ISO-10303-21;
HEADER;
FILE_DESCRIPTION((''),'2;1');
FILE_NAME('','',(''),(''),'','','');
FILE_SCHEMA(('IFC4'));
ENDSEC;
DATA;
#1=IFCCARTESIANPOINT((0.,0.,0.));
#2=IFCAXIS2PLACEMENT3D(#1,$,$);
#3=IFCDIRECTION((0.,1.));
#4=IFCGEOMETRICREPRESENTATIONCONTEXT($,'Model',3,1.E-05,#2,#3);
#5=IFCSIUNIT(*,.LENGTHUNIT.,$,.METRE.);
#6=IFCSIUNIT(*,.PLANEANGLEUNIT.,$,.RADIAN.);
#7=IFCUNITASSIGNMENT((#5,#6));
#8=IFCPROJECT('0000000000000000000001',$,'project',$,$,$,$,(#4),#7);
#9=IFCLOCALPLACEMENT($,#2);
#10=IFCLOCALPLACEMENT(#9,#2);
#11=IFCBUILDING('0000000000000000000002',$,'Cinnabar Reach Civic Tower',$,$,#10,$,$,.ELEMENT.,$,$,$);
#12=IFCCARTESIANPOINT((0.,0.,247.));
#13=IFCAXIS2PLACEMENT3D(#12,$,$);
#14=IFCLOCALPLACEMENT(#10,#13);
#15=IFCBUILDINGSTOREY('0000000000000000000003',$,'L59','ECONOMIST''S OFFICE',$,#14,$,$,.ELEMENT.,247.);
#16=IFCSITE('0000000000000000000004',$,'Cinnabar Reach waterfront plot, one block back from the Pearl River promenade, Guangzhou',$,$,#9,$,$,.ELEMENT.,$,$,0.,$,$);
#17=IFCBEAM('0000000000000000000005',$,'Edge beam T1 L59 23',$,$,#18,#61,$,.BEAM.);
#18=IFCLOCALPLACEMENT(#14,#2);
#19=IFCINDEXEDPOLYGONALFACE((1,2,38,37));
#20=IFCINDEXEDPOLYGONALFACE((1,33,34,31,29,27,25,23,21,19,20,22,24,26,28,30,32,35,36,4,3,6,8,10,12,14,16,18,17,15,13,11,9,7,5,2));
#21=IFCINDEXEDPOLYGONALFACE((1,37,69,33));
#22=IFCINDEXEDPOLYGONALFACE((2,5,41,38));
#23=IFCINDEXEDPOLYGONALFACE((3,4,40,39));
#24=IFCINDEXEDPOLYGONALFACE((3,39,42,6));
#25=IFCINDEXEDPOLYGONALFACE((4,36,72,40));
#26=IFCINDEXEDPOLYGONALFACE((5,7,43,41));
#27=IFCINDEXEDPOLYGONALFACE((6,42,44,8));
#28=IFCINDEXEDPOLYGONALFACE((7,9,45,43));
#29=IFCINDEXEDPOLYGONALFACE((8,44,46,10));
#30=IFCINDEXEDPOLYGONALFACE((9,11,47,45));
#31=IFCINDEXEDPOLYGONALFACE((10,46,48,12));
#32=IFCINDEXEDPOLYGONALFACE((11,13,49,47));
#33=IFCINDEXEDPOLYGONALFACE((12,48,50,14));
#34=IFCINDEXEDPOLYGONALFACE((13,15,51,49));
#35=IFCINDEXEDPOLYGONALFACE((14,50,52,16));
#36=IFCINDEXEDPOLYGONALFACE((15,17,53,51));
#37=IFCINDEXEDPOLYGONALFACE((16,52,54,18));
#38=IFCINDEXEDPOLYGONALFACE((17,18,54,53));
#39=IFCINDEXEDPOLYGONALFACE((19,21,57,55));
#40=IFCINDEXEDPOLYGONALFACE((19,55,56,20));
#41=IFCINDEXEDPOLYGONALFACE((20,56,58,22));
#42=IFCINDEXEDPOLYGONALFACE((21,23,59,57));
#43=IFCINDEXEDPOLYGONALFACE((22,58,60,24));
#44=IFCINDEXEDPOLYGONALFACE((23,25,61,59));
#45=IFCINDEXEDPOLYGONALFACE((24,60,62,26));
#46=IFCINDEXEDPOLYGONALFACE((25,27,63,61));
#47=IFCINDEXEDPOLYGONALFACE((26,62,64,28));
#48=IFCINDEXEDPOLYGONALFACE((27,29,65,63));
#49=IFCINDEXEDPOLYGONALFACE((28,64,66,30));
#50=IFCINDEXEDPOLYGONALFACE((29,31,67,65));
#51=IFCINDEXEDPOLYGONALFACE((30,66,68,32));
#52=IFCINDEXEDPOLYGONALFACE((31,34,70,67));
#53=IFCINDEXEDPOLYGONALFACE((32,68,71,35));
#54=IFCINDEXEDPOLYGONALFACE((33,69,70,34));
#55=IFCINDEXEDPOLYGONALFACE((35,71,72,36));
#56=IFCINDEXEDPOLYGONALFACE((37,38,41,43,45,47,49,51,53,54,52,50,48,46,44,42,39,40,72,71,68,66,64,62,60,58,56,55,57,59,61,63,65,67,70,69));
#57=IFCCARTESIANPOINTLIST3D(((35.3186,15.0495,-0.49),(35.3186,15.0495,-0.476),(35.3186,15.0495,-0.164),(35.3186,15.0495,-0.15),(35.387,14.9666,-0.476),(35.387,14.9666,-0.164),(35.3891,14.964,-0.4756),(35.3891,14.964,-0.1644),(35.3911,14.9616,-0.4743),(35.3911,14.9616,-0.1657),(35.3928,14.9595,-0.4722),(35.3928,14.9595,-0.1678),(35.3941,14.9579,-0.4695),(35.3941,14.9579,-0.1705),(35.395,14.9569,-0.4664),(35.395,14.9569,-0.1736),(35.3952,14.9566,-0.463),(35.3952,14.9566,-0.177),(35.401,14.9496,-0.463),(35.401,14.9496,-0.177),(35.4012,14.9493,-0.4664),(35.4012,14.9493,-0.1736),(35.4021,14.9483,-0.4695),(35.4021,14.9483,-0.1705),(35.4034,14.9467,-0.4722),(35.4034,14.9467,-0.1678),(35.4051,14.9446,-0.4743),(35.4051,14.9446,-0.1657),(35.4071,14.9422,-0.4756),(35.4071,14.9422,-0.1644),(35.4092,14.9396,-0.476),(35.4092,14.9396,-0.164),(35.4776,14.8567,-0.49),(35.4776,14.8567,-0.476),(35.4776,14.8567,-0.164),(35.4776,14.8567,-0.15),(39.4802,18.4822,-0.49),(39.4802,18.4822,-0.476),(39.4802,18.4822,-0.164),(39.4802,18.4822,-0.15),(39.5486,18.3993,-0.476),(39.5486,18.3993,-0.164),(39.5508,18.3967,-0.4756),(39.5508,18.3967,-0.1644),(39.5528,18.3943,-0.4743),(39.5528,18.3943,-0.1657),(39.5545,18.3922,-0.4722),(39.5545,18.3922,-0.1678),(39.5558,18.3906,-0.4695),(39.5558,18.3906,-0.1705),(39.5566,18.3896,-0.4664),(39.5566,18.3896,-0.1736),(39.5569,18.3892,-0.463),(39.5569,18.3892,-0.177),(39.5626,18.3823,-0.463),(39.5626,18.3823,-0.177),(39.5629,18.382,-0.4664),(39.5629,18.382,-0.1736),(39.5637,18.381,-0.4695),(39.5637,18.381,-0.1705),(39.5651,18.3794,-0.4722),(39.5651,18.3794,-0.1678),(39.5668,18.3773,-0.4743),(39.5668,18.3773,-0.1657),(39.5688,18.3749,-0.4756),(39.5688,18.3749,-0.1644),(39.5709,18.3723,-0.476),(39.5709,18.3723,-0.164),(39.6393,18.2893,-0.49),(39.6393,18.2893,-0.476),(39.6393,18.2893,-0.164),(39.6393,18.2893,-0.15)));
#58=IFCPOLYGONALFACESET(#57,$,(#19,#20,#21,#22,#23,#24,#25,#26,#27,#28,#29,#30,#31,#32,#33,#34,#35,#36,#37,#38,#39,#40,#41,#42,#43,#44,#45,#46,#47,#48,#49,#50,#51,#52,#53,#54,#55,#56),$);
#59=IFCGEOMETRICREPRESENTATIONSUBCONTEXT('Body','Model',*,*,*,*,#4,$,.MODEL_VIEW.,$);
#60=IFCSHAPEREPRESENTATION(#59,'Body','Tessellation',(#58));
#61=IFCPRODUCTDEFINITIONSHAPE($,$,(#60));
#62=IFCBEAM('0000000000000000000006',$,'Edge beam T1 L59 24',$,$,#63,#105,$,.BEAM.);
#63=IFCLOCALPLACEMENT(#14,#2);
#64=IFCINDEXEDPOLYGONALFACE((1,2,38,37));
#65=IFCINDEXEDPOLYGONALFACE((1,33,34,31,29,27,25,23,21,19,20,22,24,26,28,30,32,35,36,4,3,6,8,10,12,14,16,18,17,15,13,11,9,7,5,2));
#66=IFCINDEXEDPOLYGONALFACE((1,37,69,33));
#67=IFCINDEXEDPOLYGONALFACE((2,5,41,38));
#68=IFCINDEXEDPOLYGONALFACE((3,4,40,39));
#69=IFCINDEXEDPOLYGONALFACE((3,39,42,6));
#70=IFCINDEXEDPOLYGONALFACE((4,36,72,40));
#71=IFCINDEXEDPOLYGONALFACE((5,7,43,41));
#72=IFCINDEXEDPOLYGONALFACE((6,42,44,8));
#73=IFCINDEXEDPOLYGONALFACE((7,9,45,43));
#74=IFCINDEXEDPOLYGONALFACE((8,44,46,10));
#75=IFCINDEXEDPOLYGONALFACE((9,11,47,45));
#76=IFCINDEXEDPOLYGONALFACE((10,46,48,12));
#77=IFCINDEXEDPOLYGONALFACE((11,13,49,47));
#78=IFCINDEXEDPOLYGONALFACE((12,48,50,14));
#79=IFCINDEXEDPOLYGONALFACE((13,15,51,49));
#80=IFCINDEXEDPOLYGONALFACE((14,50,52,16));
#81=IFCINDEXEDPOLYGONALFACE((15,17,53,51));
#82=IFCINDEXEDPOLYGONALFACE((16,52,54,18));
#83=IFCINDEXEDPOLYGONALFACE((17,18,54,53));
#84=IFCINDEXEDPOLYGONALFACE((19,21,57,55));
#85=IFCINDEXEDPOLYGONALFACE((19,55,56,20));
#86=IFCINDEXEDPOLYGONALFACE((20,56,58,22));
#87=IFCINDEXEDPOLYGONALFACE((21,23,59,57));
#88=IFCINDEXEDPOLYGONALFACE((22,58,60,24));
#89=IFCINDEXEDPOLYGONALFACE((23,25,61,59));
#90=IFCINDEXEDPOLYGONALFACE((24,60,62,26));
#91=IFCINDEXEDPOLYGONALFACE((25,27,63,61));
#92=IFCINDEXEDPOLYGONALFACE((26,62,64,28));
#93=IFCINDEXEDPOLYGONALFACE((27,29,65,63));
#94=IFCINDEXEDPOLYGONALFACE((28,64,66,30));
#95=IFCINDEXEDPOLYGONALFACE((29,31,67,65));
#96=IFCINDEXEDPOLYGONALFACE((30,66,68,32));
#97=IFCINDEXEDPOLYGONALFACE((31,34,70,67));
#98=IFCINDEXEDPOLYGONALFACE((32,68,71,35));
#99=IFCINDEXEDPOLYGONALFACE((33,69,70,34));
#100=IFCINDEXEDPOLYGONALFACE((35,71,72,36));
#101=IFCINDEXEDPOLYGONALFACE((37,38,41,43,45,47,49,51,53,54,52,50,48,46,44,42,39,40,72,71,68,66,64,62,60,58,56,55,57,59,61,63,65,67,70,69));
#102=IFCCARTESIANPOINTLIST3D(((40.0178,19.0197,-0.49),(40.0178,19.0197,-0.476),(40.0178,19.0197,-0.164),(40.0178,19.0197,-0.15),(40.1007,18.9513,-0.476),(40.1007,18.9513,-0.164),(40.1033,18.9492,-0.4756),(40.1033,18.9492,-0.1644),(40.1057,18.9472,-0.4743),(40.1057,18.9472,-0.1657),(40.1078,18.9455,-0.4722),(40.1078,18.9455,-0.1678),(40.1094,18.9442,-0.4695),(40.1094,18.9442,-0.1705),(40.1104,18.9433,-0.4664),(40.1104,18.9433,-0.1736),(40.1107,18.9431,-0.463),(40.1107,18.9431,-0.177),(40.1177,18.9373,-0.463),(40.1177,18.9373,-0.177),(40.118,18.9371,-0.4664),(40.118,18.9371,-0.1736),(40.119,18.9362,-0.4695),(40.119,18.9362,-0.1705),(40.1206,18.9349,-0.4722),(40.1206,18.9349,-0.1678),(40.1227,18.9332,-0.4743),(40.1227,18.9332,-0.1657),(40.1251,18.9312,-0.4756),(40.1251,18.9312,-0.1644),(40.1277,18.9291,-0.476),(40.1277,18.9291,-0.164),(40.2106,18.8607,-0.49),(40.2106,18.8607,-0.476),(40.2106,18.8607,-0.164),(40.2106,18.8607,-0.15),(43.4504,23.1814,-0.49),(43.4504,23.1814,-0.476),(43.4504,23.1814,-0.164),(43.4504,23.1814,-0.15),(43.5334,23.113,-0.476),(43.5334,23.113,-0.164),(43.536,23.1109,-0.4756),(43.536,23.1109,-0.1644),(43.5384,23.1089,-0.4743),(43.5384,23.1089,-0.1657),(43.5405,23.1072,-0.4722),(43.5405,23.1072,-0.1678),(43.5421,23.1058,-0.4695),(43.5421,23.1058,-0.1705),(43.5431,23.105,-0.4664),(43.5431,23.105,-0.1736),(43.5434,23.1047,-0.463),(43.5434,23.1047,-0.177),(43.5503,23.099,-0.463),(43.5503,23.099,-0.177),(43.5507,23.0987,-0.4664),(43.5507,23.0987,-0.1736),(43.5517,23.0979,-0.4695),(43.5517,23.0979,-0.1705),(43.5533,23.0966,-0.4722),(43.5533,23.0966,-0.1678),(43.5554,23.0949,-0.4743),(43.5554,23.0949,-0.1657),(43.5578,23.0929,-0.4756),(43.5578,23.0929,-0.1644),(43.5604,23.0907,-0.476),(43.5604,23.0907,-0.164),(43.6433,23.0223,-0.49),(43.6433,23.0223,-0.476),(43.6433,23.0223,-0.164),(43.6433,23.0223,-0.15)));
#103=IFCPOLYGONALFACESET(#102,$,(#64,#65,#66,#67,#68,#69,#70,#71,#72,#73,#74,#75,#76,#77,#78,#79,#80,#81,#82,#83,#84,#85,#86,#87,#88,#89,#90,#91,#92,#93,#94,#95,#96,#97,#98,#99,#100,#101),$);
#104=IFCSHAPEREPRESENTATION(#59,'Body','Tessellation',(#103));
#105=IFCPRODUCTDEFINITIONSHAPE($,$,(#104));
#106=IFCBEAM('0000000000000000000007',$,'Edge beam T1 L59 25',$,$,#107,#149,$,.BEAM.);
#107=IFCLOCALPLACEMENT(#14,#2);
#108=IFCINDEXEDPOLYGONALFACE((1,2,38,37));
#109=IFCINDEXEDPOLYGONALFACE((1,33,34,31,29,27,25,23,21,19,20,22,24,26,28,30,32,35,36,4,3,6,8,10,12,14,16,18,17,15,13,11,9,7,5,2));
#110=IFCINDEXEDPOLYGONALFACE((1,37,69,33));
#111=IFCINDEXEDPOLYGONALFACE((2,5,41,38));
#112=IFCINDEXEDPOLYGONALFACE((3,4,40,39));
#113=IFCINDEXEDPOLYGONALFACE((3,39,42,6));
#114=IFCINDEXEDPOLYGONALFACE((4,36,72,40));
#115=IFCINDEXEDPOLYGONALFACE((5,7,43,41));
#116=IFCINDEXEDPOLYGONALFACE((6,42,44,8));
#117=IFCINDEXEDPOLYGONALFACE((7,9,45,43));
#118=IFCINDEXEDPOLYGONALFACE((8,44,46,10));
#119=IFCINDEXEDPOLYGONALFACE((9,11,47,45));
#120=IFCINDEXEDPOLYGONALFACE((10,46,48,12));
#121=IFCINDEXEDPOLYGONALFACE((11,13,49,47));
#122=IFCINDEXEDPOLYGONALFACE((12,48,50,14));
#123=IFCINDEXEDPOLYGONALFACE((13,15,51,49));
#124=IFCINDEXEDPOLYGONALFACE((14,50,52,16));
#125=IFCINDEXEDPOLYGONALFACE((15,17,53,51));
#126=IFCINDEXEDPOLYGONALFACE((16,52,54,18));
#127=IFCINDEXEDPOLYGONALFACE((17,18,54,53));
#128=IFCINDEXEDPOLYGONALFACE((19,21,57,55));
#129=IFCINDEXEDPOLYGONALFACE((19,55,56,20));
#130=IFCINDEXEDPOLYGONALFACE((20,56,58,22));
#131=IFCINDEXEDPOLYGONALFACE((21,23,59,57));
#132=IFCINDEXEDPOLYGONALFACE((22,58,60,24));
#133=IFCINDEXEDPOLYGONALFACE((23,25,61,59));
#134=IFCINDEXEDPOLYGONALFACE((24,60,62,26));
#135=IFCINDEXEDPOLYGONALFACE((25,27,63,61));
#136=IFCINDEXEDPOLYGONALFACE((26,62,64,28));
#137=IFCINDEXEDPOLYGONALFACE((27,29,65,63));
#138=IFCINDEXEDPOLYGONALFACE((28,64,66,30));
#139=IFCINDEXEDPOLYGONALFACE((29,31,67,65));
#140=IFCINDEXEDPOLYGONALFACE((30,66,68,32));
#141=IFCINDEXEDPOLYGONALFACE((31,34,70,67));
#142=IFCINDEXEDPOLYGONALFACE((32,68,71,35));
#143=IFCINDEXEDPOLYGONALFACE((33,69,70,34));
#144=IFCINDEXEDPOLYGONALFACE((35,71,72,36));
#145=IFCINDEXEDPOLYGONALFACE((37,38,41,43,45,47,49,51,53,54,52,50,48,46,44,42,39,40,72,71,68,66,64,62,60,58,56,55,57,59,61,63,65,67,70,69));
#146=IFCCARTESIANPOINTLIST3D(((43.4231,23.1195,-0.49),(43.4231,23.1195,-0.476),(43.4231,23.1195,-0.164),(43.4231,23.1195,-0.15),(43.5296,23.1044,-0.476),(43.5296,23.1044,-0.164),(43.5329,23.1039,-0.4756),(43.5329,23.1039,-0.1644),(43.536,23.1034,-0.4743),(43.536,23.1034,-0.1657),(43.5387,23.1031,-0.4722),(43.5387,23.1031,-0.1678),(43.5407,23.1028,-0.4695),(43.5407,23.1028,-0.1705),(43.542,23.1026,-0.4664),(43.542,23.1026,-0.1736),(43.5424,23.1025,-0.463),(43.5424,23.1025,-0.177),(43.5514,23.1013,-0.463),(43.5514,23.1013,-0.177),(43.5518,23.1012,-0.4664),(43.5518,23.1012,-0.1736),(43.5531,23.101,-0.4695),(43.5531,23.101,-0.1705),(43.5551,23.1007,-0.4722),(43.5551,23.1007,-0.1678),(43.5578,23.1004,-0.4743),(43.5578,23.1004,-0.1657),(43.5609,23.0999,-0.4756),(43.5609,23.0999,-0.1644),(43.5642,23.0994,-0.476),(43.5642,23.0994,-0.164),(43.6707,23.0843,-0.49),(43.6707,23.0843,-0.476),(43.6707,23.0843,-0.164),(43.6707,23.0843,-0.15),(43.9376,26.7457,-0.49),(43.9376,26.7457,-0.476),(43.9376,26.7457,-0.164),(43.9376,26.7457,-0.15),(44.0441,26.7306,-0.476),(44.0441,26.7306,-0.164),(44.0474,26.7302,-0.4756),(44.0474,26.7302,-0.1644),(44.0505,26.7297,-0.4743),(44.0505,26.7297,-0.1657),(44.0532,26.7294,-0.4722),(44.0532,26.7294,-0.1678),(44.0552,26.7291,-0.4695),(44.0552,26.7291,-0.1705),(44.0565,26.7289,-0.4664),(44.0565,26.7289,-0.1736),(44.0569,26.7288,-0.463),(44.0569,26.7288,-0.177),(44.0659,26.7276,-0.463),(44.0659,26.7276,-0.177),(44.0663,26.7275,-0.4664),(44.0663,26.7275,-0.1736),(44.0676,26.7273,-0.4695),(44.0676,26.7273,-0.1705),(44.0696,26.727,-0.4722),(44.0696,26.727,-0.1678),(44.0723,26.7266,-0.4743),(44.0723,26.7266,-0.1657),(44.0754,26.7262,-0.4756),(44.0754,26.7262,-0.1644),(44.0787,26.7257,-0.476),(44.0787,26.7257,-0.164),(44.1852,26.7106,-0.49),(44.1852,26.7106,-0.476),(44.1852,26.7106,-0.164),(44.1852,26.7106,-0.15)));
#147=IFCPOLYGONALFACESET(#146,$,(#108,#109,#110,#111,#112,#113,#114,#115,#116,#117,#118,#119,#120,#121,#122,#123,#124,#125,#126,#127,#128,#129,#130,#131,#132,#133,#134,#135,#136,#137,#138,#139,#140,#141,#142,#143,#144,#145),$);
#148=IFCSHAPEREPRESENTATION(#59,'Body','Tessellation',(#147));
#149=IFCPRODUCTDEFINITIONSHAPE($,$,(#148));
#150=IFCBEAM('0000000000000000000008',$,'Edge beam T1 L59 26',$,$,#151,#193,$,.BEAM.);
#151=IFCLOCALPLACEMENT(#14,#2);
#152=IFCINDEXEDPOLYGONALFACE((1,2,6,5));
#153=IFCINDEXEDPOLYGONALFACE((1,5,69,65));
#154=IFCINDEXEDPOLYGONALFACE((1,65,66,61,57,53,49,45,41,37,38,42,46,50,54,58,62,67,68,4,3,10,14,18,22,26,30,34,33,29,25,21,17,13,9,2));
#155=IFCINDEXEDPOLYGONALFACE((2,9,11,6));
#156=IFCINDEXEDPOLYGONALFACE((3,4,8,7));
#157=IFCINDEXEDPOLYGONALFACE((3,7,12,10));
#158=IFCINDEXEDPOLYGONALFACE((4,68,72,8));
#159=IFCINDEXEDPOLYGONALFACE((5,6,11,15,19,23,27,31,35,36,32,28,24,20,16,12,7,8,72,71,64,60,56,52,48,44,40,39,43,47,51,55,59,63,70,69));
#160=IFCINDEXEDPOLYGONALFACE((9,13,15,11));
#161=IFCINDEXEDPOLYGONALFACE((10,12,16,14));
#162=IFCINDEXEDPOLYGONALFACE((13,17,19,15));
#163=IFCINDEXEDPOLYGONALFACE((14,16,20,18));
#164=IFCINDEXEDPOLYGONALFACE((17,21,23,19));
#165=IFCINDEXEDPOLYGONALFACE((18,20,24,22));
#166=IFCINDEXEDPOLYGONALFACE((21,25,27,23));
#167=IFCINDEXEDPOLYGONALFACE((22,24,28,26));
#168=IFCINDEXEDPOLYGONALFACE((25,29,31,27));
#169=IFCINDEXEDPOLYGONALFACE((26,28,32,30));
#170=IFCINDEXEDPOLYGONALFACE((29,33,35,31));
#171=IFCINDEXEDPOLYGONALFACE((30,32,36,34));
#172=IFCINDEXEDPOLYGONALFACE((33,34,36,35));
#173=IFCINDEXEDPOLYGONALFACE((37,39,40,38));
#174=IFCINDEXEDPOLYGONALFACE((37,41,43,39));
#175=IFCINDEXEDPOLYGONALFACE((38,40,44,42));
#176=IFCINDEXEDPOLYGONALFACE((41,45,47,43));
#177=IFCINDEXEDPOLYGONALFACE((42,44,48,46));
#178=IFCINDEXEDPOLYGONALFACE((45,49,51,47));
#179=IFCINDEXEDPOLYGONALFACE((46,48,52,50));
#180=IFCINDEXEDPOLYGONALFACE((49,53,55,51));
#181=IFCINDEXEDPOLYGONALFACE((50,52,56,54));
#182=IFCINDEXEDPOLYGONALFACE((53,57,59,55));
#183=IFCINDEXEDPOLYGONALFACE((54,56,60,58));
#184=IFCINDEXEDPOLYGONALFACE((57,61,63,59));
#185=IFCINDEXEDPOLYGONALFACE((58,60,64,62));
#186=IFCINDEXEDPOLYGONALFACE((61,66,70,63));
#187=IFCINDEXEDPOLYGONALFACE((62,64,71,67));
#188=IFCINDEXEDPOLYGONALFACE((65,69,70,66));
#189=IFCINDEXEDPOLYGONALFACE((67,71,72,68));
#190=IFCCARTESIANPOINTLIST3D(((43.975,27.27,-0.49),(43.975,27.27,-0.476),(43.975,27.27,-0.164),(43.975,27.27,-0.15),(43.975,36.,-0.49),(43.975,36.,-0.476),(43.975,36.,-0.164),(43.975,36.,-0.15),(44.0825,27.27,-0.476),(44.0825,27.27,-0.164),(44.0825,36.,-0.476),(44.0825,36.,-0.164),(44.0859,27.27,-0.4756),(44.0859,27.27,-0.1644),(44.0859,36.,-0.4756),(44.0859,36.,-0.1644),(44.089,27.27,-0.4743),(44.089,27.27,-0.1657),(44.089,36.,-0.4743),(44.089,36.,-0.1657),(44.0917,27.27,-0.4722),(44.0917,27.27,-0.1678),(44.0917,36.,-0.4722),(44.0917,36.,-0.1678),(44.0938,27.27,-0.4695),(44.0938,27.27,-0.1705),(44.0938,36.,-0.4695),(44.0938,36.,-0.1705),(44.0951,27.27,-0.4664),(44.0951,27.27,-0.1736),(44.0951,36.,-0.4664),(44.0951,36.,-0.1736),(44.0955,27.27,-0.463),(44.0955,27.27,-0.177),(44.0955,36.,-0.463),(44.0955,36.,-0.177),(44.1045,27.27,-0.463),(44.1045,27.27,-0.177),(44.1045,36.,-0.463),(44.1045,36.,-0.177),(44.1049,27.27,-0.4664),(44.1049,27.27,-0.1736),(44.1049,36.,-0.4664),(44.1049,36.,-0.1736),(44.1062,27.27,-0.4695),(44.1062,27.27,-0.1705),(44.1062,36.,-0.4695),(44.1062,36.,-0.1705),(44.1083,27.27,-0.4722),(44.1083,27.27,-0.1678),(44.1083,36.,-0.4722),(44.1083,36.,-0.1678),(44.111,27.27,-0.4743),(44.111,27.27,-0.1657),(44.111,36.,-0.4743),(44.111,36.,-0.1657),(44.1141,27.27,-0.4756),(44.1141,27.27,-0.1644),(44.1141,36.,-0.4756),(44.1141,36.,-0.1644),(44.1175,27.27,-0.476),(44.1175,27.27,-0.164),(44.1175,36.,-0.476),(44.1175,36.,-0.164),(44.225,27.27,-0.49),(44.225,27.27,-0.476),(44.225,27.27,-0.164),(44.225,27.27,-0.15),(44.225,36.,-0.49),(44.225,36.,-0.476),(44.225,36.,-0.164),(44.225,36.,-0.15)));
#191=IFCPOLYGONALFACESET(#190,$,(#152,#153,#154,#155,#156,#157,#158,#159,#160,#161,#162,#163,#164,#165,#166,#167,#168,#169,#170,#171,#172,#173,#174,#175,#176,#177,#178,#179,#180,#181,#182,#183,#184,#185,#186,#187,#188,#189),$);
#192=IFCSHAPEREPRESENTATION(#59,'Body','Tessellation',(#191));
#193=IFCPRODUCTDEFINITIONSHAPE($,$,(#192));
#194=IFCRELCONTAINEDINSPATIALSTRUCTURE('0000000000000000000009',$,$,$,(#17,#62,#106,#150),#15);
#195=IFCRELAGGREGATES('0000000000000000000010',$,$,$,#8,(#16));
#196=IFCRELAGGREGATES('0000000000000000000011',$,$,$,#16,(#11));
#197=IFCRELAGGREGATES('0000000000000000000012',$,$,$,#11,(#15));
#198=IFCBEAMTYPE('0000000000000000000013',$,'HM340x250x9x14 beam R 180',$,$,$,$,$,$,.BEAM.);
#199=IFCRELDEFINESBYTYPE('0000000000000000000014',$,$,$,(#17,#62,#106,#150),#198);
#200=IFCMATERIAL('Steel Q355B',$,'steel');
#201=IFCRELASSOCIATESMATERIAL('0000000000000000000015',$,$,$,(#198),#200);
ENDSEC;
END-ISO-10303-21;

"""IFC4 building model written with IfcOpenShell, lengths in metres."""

from ifc_helpers import new_model, si_unit, direction, frame, origin, origin_2d, place, context, subcontext, project, spatial, i_section, extrude, material, material_profile, profile_set, type_object, element, save


model = new_model("IFC4")

# Units and contexts
model_context = context("Model", 3, precision=1e-05, world=origin(), true_north=direction((0.0, 1.0)))
body_context = subcontext(model_context, "Body", "Model", "MODEL_VIEW")
ifc_project = project(units=[si_unit("LENGTHUNIT", "METRE"), si_unit("PLANEANGLEUNIT", "RADIAN")], contexts=[model_context])

# Site, building, storey
site_placement = place(None, origin())
site = spatial("IfcSite", under=ifc_project, at=site_placement, Name="Cinnabar Reach waterfront plot, one block back from the Pearl River promenade, Guangzhou", CompositionType="ELEMENT", RefElevation=0.0)
building_placement = place(site_placement, origin())
building = spatial("IfcBuilding", under=site, at=building_placement, Name="Cinnabar Reach Civic Tower", CompositionType="ELEMENT")
storey_placement = place(building_placement, frame((0.0, 0.0, 247.0)))
storey = spatial("IfcBuildingStorey", under=building, at=storey_placement, Name="L59", Description="ECONOMIST'S OFFICE", CompositionType="ELEMENT", Elevation=247.0)

# Beams
ifc_material_1 = material(Name="Steel Q355B", Category="steel")
ifc_material_profile_1 = material_profile(ifc_material_1, i_section(OverallWidth=0.25, OverallDepth=0.34, WebThickness=0.009, FlangeThickness=0.014, FilletRadius=0.013, at=origin_2d()), Name="HM340x250x9x14")
ifc_profile_set_1 = profile_set([ifc_material_profile_1], Name="Steel Q355B")
beam_type_1 = type_object("IfcBeamType", Name="HM340x250x9x14 beam R 180", PredefinedType="BEAM", material=ifc_profile_set_1)
for number, where, z_axis, x_axis, name in (
    (1, (35.3981, 14.9531, -0.32), (0.771437, 0.636305, 0.0), (-0.636305, 0.771437, 0.0), "Edge beam T1 L59 23"),
    (2, (40.1142, 18.9402, -0.32), (0.636305, 0.771437, 0.0), (-0.771437, 0.636305, 0.0), "Edge beam T1 L59 24"),
):
    element("IfcBeam", number, at=place(storey_placement, frame(where, z_axis=z_axis, x_axis=x_axis)), inside=storey, type_object=beam_type_1, Name=name, PredefinedType="BEAM", context=body_context, shape_type="SweptSolid", body=[
        extrude(i_section(OverallWidth=0.25, OverallDepth=0.34, WebThickness=0.009, FlangeThickness=0.014, FilletRadius=0.013, at=origin_2d()), origin(), (0.0, 0.0, 1.0), 5.3947),
    ])
beam_1_placement = place(storey_placement, frame((43.5469, 23.1019, -0.32), z_axis=(0.140473, 0.990084, 0.0), x_axis=(-0.990084, 0.140473, 0.0)))
element("IfcBeam", 3, at=beam_1_placement, inside=storey, type_object=beam_type_1, Name="Edge beam T1 L59 25", PredefinedType="BEAM", context=body_context, shape_type="SweptSolid", body=[
    extrude(i_section(OverallWidth=0.25, OverallDepth=0.34, WebThickness=0.009, FlangeThickness=0.014, FilletRadius=0.013, at=origin_2d()), origin(), (0.0, 0.0, 1.0), 3.6626),
])
beam_2_placement = place(storey_placement, frame((44.1, 27.27, -0.32), z_axis=(0.0, 1.0, 0.0), x_axis=(-1.0, 0.0, 0.0)))
element("IfcBeam", 4, at=beam_2_placement, inside=storey, type_object=beam_type_1, Name="Edge beam T1 L59 26", PredefinedType="BEAM", context=body_context, shape_type="SweptSolid", body=[
    extrude(i_section(OverallWidth=0.25, OverallDepth=0.34, WebThickness=0.009, FlangeThickness=0.014, FilletRadius=0.013, at=origin_2d()), origin(), (0.0, 0.0, 1.0), 8.73),
])

save(model, "model.ifc")
